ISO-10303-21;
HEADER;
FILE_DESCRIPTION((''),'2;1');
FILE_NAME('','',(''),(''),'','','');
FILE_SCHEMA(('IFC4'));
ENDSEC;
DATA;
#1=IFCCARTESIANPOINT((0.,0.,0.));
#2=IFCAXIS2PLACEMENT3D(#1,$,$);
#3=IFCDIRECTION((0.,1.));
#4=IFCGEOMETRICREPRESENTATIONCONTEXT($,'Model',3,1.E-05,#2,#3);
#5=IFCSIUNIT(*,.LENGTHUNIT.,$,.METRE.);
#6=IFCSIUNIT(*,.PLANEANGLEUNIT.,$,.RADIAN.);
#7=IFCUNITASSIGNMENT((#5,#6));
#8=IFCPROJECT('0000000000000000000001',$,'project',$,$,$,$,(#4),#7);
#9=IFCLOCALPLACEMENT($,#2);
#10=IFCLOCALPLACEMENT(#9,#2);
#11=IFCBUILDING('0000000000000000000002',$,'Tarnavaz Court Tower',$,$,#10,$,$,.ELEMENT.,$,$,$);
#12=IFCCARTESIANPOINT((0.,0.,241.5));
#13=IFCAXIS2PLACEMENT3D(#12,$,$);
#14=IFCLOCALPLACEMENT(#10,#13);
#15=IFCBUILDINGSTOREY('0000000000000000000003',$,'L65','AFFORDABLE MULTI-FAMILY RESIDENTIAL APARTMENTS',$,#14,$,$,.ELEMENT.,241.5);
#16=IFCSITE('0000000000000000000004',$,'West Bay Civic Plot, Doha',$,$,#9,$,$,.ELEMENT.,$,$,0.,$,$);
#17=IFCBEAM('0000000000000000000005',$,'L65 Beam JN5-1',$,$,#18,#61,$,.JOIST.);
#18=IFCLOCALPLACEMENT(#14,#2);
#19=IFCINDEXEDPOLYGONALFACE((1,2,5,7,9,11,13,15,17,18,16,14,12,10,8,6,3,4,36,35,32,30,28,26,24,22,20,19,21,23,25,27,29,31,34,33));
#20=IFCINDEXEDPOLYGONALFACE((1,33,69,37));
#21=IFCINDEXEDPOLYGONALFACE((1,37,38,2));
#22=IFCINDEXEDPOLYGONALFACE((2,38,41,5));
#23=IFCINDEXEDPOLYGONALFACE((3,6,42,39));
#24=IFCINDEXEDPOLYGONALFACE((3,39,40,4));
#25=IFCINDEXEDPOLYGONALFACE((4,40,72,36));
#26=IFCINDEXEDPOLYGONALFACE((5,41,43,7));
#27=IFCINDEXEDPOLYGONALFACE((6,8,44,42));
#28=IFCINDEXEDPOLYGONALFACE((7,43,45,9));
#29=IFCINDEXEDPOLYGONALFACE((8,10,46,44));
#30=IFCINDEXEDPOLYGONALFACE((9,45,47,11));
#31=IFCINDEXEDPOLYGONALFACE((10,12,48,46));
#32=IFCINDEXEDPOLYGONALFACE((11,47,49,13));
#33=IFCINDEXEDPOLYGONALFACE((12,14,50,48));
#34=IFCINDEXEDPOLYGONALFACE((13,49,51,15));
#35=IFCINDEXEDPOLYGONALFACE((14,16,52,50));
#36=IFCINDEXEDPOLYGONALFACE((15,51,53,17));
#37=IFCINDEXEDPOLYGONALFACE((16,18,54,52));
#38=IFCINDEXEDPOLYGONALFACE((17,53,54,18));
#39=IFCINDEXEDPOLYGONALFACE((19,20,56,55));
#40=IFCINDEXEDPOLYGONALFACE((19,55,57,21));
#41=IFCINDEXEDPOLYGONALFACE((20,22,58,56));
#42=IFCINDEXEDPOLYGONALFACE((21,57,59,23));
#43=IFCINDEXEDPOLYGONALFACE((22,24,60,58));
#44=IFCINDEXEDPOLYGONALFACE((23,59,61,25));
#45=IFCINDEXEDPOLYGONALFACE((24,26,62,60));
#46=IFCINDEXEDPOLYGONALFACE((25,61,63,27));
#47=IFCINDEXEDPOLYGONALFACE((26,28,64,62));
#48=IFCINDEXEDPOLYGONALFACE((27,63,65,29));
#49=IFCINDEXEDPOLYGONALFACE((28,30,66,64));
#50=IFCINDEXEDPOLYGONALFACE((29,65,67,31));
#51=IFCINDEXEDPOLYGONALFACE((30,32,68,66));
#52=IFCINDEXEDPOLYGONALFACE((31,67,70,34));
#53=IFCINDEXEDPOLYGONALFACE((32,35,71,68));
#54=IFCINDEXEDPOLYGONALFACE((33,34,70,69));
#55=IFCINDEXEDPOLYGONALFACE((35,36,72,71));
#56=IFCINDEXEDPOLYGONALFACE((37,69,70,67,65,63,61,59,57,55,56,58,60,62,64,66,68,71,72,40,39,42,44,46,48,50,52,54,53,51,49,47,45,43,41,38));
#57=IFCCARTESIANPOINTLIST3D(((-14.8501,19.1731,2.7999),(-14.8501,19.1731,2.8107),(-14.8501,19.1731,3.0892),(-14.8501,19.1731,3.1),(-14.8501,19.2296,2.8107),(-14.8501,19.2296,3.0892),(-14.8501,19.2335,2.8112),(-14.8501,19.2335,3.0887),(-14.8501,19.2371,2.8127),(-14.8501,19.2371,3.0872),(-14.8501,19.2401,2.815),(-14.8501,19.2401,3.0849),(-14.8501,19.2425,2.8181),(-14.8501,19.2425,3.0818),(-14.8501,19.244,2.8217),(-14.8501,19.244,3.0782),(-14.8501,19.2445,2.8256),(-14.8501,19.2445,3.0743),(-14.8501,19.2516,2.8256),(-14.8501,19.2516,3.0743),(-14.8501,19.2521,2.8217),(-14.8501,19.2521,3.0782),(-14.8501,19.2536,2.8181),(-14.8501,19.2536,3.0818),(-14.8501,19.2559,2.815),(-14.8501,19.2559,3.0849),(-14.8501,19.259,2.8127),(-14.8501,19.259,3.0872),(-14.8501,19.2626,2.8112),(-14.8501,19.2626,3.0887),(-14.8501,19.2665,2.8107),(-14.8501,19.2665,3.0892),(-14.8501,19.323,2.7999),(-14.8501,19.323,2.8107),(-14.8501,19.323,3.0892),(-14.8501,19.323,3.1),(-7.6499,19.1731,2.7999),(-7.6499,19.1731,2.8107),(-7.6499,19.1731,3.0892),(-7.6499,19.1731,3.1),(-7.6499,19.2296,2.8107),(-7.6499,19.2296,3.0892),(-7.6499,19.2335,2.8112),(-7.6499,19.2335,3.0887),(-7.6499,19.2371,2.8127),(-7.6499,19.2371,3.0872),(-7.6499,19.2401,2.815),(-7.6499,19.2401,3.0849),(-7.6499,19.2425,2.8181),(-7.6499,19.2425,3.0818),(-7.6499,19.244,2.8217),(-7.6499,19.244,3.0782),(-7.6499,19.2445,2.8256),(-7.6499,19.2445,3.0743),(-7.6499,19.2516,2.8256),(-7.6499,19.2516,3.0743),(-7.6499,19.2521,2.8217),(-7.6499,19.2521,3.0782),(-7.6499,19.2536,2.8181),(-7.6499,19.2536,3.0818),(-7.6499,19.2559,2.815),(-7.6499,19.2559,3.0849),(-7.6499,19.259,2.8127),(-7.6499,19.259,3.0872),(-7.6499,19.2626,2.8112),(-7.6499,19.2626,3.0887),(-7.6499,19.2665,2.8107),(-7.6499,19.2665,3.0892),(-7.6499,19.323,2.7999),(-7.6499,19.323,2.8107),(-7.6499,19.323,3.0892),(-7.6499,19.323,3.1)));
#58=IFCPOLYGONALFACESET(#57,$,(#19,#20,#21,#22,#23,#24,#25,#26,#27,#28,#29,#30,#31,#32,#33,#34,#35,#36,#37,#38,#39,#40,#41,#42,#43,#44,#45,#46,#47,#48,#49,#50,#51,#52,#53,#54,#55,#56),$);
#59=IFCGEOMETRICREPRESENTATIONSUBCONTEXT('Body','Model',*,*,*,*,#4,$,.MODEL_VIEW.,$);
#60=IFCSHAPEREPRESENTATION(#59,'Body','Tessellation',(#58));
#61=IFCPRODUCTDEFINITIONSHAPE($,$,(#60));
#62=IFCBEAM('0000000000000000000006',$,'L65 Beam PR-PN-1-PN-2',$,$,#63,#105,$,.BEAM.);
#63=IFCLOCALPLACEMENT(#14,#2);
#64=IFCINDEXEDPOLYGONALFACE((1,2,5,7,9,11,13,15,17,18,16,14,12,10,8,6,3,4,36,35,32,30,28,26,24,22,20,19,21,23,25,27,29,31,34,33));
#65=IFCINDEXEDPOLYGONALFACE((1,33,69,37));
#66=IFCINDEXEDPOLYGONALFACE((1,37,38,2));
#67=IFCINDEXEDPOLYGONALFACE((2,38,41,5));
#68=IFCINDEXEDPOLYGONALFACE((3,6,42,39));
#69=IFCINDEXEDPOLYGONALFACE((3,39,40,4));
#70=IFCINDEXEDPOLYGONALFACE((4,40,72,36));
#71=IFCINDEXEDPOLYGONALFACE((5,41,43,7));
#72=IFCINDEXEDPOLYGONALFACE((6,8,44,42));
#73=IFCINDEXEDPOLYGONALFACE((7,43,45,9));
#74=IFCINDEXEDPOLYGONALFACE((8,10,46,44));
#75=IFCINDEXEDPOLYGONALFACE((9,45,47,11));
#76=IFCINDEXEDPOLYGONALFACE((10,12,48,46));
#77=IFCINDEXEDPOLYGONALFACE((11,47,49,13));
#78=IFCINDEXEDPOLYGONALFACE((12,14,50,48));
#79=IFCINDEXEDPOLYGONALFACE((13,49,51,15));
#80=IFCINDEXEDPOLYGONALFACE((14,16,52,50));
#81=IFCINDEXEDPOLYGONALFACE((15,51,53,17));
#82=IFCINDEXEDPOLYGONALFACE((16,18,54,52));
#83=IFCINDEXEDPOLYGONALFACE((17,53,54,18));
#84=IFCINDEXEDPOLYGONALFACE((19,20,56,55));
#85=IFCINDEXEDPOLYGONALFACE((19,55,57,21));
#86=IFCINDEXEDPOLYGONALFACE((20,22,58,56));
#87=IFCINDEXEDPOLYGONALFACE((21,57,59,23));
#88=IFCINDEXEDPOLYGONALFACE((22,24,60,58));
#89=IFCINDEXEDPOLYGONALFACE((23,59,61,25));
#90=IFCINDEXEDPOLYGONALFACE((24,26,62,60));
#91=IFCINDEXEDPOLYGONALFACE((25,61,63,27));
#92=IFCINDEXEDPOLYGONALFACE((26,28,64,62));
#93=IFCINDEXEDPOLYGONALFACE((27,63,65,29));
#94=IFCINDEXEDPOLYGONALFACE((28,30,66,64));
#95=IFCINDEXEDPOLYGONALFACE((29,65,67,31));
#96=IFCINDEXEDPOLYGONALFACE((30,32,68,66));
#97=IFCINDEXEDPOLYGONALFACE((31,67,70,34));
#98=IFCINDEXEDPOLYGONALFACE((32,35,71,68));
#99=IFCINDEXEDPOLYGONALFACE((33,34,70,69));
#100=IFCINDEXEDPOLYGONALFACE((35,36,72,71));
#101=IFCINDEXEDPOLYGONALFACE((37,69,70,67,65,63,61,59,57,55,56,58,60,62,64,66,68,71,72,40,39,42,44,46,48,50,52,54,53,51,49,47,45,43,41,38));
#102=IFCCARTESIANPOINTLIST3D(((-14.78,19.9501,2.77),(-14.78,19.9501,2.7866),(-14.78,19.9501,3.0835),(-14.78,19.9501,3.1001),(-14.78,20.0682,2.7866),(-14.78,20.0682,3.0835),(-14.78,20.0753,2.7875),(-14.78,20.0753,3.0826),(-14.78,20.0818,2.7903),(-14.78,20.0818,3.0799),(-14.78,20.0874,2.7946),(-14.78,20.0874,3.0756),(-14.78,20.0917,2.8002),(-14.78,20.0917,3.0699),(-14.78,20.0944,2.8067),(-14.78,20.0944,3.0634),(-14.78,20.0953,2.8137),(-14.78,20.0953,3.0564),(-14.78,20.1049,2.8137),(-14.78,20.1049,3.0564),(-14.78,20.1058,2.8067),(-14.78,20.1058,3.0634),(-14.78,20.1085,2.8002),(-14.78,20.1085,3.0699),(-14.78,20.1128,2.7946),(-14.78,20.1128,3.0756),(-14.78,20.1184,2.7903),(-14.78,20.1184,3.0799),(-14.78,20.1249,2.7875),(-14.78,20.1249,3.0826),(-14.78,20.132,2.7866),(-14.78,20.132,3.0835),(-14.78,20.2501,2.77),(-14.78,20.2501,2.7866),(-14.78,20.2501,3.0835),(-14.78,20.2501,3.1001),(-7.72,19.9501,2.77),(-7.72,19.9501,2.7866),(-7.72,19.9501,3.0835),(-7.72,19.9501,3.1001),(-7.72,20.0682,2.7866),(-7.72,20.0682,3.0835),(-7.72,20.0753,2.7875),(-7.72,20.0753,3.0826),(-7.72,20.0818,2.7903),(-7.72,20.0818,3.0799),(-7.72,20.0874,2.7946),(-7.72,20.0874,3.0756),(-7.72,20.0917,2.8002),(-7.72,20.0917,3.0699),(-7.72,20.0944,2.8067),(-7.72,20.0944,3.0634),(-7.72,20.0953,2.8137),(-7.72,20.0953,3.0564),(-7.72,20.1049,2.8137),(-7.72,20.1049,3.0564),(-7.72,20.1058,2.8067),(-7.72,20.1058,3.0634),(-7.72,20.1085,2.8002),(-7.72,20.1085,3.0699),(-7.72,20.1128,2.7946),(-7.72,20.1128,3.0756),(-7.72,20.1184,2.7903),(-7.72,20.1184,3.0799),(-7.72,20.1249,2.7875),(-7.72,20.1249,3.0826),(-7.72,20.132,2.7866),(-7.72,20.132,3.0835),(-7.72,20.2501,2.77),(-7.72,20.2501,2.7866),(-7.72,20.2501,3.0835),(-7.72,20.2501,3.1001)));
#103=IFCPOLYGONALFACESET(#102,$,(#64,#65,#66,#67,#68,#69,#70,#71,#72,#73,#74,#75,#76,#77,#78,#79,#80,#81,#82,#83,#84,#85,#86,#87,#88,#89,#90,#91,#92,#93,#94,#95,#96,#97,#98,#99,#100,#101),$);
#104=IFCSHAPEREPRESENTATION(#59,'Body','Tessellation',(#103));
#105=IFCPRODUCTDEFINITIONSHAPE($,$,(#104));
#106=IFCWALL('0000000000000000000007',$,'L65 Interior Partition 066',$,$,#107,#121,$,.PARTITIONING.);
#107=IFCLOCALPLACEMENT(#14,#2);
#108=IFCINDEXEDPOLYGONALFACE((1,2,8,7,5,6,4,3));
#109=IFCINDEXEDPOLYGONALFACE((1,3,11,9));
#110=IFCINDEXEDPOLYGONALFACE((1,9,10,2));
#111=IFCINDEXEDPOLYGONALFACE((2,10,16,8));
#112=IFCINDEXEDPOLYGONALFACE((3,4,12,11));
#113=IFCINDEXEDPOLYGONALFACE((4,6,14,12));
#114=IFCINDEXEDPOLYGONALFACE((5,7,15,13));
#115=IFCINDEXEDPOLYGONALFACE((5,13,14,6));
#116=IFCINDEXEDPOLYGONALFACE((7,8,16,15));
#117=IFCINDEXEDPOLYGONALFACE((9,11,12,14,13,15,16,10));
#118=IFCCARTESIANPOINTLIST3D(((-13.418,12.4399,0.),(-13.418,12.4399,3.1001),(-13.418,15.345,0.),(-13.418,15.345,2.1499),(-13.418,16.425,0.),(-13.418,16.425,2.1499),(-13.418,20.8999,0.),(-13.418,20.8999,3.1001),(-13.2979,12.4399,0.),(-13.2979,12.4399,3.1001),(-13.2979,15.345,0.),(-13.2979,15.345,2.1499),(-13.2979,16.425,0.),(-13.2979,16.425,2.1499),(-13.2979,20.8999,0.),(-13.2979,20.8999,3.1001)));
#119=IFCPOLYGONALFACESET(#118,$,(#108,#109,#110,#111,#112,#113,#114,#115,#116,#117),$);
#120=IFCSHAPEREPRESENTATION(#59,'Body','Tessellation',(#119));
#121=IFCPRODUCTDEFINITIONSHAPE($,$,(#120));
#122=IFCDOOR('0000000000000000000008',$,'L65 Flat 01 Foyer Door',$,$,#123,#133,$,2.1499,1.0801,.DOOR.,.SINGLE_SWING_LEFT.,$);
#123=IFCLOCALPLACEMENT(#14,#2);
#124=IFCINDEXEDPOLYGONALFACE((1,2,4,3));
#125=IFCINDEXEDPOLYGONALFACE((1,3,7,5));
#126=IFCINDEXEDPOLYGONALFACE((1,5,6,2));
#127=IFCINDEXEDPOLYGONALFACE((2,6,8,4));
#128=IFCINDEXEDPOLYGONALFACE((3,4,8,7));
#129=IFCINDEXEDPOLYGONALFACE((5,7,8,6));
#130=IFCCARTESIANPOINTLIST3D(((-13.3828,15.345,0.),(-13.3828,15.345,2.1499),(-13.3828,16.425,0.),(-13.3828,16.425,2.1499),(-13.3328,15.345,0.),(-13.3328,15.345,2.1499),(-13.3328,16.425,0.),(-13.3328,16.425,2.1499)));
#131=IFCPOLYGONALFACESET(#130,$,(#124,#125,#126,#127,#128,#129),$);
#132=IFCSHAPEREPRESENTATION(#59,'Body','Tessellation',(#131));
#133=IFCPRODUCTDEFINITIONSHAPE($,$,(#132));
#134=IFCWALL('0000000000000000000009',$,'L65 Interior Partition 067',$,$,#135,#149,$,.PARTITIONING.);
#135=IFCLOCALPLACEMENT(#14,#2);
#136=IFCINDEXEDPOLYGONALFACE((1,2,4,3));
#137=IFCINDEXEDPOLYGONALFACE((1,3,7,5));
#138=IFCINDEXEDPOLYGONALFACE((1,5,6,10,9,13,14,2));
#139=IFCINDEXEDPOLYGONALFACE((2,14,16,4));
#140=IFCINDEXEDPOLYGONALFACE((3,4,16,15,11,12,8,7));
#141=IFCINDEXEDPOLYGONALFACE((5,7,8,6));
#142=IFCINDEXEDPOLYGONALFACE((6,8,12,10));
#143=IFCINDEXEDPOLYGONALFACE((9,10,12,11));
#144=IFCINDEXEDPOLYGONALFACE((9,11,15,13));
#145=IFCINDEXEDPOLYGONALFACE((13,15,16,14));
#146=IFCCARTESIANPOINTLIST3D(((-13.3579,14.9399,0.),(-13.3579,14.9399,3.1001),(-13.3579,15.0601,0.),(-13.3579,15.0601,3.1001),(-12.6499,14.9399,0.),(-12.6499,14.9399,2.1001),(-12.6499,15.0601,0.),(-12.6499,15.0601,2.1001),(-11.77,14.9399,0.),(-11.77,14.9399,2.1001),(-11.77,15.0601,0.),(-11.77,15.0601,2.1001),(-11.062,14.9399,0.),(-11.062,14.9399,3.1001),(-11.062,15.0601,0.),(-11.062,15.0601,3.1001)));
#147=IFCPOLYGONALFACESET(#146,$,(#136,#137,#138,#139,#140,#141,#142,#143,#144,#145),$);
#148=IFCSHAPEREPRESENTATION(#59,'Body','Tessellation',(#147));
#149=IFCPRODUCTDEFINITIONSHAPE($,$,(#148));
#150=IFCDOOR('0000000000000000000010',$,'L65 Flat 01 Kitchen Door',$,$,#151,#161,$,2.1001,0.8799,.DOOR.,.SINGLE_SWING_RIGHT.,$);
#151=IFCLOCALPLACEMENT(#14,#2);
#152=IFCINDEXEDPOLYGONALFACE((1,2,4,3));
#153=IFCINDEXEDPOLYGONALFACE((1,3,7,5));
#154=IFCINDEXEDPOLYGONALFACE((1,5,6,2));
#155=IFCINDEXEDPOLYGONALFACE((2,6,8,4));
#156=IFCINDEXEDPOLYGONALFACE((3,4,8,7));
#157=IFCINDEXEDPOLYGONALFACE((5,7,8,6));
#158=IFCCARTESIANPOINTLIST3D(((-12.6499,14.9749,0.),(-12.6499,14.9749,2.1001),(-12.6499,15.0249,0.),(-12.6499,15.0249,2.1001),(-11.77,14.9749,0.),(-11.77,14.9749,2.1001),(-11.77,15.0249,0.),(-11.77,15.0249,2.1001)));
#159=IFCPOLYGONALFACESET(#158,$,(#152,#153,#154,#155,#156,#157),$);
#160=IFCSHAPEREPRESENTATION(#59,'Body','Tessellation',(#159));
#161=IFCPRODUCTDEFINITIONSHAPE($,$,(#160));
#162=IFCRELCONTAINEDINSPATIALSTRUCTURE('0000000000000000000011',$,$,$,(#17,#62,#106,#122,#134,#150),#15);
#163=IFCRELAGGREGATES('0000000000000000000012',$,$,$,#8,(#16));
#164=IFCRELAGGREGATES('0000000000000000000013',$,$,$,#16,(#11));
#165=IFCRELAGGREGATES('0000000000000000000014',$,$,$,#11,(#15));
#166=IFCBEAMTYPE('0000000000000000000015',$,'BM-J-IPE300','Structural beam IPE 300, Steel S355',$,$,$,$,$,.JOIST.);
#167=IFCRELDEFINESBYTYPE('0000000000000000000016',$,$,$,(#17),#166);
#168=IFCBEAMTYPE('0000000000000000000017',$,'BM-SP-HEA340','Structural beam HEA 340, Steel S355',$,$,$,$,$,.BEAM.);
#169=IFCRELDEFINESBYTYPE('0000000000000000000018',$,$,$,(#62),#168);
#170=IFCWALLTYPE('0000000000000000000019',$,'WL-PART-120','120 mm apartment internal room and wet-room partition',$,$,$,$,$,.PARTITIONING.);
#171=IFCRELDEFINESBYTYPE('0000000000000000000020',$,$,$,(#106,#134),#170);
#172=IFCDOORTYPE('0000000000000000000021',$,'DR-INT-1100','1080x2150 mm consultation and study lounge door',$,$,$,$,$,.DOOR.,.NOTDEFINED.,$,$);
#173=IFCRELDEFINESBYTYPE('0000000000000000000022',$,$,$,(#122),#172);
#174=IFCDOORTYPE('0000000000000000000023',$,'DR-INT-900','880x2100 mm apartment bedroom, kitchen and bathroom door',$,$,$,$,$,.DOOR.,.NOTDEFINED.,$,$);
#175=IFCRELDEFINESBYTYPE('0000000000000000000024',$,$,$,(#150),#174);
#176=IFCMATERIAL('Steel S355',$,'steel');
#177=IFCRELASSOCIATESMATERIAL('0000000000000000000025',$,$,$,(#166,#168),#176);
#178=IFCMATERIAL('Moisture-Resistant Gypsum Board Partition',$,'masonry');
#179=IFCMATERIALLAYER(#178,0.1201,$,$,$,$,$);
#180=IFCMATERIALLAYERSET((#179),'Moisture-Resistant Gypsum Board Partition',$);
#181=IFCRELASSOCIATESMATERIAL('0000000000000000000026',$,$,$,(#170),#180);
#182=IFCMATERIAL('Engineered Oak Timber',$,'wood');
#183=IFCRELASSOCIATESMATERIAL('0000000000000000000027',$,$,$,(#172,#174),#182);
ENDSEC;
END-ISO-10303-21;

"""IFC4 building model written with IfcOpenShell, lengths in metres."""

from ifc_helpers import new_model, si_unit, direction, frame, frame_2d, origin, origin_2d, place, context, subcontext, project, spatial, rectangle, i_section, extrude, material, layer, layer_set, material_profile, profile_set, type_object, element, fill, save


model = new_model("IFC4")

# Units and contexts
model_context = context("Model", 3, precision=1e-05, world=origin(), true_north=direction((0.0, 1.0)))
body_context = subcontext(model_context, "Body", "Model", "MODEL_VIEW")
ifc_project = project(units=[si_unit("LENGTHUNIT", "METRE"), si_unit("PLANEANGLEUNIT", "RADIAN")], contexts=[model_context])

# Site, building, storey
site_placement = place(None, origin())
site = spatial("IfcSite", under=ifc_project, at=site_placement, Name="West Bay Civic Plot, Doha", CompositionType="ELEMENT", RefElevation=0.0)
building_placement = place(site_placement, origin())
building = spatial("IfcBuilding", under=site, at=building_placement, Name="Tarnavaz Court Tower", CompositionType="ELEMENT")
storey_placement = place(building_placement, frame((0.0, 0.0, 241.5)))
storey = spatial("IfcBuildingStorey", under=building, at=storey_placement, Name="L65", Description="AFFORDABLE MULTI-FAMILY RESIDENTIAL APARTMENTS", CompositionType="ELEMENT", Elevation=241.5)

# Beams
ifc_material_1 = material(Name="Steel S355", Category="steel")
ifc_material_profile_1 = material_profile(ifc_material_1, i_section(OverallWidth=0.1499, OverallDepth=0.3, WebThickness=0.0071, FlangeThickness=0.0107, FilletRadius=0.0149, at=origin_2d()), Name="IPE 300")
ifc_profile_set_1 = profile_set([ifc_material_profile_1], Name="Steel S355")
beam_type_1 = type_object("IfcBeamType", Name="BM-J-IPE300", Description="Structural beam IPE 300, Steel S355", PredefinedType="JOIST", material=ifc_profile_set_1)
for number, where, z_axis, x_axis, name in (
    (1, (-14.8501, 19.248, 2.95), (1.0, 0.0, 0.0), (0.0, 1.0, 0.0), "L65 Beam JN5-1"),
):
    element("IfcBeam", number, at=place(storey_placement, frame(where, z_axis=z_axis, x_axis=x_axis)), inside=storey, type_object=beam_type_1, Name=name, PredefinedType="JOIST", context=body_context, shape_type="SweptSolid", body=[
        extrude(i_section(OverallWidth=0.1499, OverallDepth=0.3, WebThickness=0.0071, FlangeThickness=0.0107, FilletRadius=0.0149, at=origin_2d()), origin(), (0.0, 0.0, 1.0), 7.2002),
    ])
ifc_material_profile_2 = material_profile(ifc_material_1, i_section(OverallWidth=0.3, OverallDepth=0.3301, WebThickness=0.0095, FlangeThickness=0.0166, FilletRadius=0.0271, at=origin_2d()), Name="HEA 340")
ifc_profile_set_2 = profile_set([ifc_material_profile_2], Name="Steel S355")
beam_type_2 = type_object("IfcBeamType", Name="BM-SP-HEA340", Description="Structural beam HEA 340, Steel S355", PredefinedType="BEAM", material=ifc_profile_set_2)
beam_placement = place(storey_placement, frame((-14.78, 20.1001, 2.9351), z_axis=(1.0, 0.0, 0.0), x_axis=(0.0, 1.0, 0.0)))
element("IfcBeam", 2, at=beam_placement, inside=storey, type_object=beam_type_2, Name="L65 Beam PR-PN-1-PN-2", PredefinedType="BEAM", context=body_context, shape_type="SweptSolid", body=[
    extrude(i_section(OverallWidth=0.3, OverallDepth=0.3301, WebThickness=0.0095, FlangeThickness=0.0166, FilletRadius=0.0271, at=origin_2d()), origin(), (0.0, 0.0, 1.0), 7.0601),
])

# Walls, openings, doors
ifc_material_2 = material(Name="Moisture-Resistant Gypsum Board Partition", Category="masonry")
ifc_layer = layer(ifc_material_2, 0.1201)
ifc_layer_set = layer_set([ifc_layer], Name="Moisture-Resistant Gypsum Board Partition")
wall_type = type_object("IfcWallType", Name="WL-PART-120", Description="120 mm apartment internal room and wet-room partition", PredefinedType="PARTITIONING", material=ifc_layer_set)
wall_1_placement = place(storey_placement, frame((-13.3579, 12.4399, 0.0), z_axis=(0.0, 0.0, 1.0), x_axis=(0.0, 1.0, 0.0)))
wall_1 = element("IfcWall", 3, at=wall_1_placement, inside=storey, type_object=wall_type, Name="L65 Interior Partition 066", PredefinedType="PARTITIONING", context=body_context, shape_type="SweptSolid", body=[
    extrude(rectangle(XDim=8.46, YDim=0.1201, at=frame_2d((4.23, 0.0))), origin(), (0.0, 0.0, 1.0), 3.1001),
])
opening_1_placement = place(wall_1_placement, frame((2.905, 0.0, 0.0)))
opening_1 = element("IfcOpeningElement", 4, at=opening_1_placement, cuts=wall_1, PredefinedType="OPENING", context=body_context, shape_type="SweptSolid", body=[
    extrude(rectangle(XDim=1.0801, YDim=2.1499, at=frame_2d((0.54, 1.075))), frame((0.0, 0.0701, 0.0), z_axis=(0.0, -1.0, 0.0), x_axis=(1.0, 0.0, 0.0)), (0.0, 0.0, 1.0), 0.1401),
])
ifc_material_3 = material(Name="Engineered Oak Timber", Category="wood")
door_type_1 = type_object("IfcDoorType", Name="DR-INT-1100", Description="1080x2150 mm consultation and study lounge door", OperationType="NOTDEFINED", PredefinedType="DOOR", material=ifc_material_3)
door_1_placement = place(opening_1_placement, origin())
door_1 = element("IfcDoor", 5, at=door_1_placement, inside=storey, type_object=door_type_1, Name="L65 Flat 01 Foyer Door", OperationType="SINGLE_SWING_LEFT", OverallHeight=2.1499, OverallWidth=1.0801, PredefinedType="DOOR", context=body_context, shape_type="SweptSolid", body=[
    extrude(rectangle(XDim=1.0801, YDim=2.1499, at=frame_2d((0.54, 1.075))), frame((0.0, 0.0249, 0.0), z_axis=(0.0, -1.0, 0.0), x_axis=(1.0, 0.0, 0.0)), (0.0, 0.0, 1.0), 0.05),
])
fill(opening_1, door_1)
wall_2_placement = place(storey_placement, frame((-13.3579, 15.0, 0.0), z_axis=(0.0, 0.0, 1.0), x_axis=(1.0, 0.0, 0.0)))
wall_2 = element("IfcWall", 6, at=wall_2_placement, inside=storey, type_object=wall_type, Name="L65 Interior Partition 067", PredefinedType="PARTITIONING", context=body_context, shape_type="SweptSolid", body=[
    extrude(rectangle(XDim=2.2959, YDim=0.1201, at=frame_2d((1.1479, 0.0))), origin(), (0.0, 0.0, 1.0), 3.1001),
])
opening_2_placement = place(wall_2_placement, frame((0.708, 0.0, 0.0)))
opening_2 = element("IfcOpeningElement", 7, at=opening_2_placement, cuts=wall_2, PredefinedType="OPENING", context=body_context, shape_type="SweptSolid", body=[
    extrude(rectangle(XDim=0.8799, YDim=2.1001, at=frame_2d((0.4399, 1.05))), frame((0.0, 0.0701, 0.0), z_axis=(0.0, -1.0, 0.0), x_axis=(1.0, 0.0, 0.0)), (0.0, 0.0, 1.0), 0.1401),
])
door_type_2 = type_object("IfcDoorType", Name="DR-INT-900", Description="880x2100 mm apartment bedroom, kitchen and bathroom door", OperationType="NOTDEFINED", PredefinedType="DOOR", material=ifc_material_3)
door_2_placement = place(opening_2_placement, origin())
door_2 = element("IfcDoor", 8, at=door_2_placement, inside=storey, type_object=door_type_2, Name="L65 Flat 01 Kitchen Door", OperationType="SINGLE_SWING_RIGHT", OverallHeight=2.1001, OverallWidth=0.8799, PredefinedType="DOOR", context=body_context, shape_type="SweptSolid", body=[
    extrude(rectangle(XDim=0.8799, YDim=2.1001, at=frame_2d((0.4399, 1.05))), frame((0.0, 0.0249, 0.0), z_axis=(0.0, -1.0, 0.0), x_axis=(1.0, 0.0, 0.0)), (0.0, 0.0, 1.0), 0.05),
])
fill(opening_2, door_2)

save(model, "model.ifc")
